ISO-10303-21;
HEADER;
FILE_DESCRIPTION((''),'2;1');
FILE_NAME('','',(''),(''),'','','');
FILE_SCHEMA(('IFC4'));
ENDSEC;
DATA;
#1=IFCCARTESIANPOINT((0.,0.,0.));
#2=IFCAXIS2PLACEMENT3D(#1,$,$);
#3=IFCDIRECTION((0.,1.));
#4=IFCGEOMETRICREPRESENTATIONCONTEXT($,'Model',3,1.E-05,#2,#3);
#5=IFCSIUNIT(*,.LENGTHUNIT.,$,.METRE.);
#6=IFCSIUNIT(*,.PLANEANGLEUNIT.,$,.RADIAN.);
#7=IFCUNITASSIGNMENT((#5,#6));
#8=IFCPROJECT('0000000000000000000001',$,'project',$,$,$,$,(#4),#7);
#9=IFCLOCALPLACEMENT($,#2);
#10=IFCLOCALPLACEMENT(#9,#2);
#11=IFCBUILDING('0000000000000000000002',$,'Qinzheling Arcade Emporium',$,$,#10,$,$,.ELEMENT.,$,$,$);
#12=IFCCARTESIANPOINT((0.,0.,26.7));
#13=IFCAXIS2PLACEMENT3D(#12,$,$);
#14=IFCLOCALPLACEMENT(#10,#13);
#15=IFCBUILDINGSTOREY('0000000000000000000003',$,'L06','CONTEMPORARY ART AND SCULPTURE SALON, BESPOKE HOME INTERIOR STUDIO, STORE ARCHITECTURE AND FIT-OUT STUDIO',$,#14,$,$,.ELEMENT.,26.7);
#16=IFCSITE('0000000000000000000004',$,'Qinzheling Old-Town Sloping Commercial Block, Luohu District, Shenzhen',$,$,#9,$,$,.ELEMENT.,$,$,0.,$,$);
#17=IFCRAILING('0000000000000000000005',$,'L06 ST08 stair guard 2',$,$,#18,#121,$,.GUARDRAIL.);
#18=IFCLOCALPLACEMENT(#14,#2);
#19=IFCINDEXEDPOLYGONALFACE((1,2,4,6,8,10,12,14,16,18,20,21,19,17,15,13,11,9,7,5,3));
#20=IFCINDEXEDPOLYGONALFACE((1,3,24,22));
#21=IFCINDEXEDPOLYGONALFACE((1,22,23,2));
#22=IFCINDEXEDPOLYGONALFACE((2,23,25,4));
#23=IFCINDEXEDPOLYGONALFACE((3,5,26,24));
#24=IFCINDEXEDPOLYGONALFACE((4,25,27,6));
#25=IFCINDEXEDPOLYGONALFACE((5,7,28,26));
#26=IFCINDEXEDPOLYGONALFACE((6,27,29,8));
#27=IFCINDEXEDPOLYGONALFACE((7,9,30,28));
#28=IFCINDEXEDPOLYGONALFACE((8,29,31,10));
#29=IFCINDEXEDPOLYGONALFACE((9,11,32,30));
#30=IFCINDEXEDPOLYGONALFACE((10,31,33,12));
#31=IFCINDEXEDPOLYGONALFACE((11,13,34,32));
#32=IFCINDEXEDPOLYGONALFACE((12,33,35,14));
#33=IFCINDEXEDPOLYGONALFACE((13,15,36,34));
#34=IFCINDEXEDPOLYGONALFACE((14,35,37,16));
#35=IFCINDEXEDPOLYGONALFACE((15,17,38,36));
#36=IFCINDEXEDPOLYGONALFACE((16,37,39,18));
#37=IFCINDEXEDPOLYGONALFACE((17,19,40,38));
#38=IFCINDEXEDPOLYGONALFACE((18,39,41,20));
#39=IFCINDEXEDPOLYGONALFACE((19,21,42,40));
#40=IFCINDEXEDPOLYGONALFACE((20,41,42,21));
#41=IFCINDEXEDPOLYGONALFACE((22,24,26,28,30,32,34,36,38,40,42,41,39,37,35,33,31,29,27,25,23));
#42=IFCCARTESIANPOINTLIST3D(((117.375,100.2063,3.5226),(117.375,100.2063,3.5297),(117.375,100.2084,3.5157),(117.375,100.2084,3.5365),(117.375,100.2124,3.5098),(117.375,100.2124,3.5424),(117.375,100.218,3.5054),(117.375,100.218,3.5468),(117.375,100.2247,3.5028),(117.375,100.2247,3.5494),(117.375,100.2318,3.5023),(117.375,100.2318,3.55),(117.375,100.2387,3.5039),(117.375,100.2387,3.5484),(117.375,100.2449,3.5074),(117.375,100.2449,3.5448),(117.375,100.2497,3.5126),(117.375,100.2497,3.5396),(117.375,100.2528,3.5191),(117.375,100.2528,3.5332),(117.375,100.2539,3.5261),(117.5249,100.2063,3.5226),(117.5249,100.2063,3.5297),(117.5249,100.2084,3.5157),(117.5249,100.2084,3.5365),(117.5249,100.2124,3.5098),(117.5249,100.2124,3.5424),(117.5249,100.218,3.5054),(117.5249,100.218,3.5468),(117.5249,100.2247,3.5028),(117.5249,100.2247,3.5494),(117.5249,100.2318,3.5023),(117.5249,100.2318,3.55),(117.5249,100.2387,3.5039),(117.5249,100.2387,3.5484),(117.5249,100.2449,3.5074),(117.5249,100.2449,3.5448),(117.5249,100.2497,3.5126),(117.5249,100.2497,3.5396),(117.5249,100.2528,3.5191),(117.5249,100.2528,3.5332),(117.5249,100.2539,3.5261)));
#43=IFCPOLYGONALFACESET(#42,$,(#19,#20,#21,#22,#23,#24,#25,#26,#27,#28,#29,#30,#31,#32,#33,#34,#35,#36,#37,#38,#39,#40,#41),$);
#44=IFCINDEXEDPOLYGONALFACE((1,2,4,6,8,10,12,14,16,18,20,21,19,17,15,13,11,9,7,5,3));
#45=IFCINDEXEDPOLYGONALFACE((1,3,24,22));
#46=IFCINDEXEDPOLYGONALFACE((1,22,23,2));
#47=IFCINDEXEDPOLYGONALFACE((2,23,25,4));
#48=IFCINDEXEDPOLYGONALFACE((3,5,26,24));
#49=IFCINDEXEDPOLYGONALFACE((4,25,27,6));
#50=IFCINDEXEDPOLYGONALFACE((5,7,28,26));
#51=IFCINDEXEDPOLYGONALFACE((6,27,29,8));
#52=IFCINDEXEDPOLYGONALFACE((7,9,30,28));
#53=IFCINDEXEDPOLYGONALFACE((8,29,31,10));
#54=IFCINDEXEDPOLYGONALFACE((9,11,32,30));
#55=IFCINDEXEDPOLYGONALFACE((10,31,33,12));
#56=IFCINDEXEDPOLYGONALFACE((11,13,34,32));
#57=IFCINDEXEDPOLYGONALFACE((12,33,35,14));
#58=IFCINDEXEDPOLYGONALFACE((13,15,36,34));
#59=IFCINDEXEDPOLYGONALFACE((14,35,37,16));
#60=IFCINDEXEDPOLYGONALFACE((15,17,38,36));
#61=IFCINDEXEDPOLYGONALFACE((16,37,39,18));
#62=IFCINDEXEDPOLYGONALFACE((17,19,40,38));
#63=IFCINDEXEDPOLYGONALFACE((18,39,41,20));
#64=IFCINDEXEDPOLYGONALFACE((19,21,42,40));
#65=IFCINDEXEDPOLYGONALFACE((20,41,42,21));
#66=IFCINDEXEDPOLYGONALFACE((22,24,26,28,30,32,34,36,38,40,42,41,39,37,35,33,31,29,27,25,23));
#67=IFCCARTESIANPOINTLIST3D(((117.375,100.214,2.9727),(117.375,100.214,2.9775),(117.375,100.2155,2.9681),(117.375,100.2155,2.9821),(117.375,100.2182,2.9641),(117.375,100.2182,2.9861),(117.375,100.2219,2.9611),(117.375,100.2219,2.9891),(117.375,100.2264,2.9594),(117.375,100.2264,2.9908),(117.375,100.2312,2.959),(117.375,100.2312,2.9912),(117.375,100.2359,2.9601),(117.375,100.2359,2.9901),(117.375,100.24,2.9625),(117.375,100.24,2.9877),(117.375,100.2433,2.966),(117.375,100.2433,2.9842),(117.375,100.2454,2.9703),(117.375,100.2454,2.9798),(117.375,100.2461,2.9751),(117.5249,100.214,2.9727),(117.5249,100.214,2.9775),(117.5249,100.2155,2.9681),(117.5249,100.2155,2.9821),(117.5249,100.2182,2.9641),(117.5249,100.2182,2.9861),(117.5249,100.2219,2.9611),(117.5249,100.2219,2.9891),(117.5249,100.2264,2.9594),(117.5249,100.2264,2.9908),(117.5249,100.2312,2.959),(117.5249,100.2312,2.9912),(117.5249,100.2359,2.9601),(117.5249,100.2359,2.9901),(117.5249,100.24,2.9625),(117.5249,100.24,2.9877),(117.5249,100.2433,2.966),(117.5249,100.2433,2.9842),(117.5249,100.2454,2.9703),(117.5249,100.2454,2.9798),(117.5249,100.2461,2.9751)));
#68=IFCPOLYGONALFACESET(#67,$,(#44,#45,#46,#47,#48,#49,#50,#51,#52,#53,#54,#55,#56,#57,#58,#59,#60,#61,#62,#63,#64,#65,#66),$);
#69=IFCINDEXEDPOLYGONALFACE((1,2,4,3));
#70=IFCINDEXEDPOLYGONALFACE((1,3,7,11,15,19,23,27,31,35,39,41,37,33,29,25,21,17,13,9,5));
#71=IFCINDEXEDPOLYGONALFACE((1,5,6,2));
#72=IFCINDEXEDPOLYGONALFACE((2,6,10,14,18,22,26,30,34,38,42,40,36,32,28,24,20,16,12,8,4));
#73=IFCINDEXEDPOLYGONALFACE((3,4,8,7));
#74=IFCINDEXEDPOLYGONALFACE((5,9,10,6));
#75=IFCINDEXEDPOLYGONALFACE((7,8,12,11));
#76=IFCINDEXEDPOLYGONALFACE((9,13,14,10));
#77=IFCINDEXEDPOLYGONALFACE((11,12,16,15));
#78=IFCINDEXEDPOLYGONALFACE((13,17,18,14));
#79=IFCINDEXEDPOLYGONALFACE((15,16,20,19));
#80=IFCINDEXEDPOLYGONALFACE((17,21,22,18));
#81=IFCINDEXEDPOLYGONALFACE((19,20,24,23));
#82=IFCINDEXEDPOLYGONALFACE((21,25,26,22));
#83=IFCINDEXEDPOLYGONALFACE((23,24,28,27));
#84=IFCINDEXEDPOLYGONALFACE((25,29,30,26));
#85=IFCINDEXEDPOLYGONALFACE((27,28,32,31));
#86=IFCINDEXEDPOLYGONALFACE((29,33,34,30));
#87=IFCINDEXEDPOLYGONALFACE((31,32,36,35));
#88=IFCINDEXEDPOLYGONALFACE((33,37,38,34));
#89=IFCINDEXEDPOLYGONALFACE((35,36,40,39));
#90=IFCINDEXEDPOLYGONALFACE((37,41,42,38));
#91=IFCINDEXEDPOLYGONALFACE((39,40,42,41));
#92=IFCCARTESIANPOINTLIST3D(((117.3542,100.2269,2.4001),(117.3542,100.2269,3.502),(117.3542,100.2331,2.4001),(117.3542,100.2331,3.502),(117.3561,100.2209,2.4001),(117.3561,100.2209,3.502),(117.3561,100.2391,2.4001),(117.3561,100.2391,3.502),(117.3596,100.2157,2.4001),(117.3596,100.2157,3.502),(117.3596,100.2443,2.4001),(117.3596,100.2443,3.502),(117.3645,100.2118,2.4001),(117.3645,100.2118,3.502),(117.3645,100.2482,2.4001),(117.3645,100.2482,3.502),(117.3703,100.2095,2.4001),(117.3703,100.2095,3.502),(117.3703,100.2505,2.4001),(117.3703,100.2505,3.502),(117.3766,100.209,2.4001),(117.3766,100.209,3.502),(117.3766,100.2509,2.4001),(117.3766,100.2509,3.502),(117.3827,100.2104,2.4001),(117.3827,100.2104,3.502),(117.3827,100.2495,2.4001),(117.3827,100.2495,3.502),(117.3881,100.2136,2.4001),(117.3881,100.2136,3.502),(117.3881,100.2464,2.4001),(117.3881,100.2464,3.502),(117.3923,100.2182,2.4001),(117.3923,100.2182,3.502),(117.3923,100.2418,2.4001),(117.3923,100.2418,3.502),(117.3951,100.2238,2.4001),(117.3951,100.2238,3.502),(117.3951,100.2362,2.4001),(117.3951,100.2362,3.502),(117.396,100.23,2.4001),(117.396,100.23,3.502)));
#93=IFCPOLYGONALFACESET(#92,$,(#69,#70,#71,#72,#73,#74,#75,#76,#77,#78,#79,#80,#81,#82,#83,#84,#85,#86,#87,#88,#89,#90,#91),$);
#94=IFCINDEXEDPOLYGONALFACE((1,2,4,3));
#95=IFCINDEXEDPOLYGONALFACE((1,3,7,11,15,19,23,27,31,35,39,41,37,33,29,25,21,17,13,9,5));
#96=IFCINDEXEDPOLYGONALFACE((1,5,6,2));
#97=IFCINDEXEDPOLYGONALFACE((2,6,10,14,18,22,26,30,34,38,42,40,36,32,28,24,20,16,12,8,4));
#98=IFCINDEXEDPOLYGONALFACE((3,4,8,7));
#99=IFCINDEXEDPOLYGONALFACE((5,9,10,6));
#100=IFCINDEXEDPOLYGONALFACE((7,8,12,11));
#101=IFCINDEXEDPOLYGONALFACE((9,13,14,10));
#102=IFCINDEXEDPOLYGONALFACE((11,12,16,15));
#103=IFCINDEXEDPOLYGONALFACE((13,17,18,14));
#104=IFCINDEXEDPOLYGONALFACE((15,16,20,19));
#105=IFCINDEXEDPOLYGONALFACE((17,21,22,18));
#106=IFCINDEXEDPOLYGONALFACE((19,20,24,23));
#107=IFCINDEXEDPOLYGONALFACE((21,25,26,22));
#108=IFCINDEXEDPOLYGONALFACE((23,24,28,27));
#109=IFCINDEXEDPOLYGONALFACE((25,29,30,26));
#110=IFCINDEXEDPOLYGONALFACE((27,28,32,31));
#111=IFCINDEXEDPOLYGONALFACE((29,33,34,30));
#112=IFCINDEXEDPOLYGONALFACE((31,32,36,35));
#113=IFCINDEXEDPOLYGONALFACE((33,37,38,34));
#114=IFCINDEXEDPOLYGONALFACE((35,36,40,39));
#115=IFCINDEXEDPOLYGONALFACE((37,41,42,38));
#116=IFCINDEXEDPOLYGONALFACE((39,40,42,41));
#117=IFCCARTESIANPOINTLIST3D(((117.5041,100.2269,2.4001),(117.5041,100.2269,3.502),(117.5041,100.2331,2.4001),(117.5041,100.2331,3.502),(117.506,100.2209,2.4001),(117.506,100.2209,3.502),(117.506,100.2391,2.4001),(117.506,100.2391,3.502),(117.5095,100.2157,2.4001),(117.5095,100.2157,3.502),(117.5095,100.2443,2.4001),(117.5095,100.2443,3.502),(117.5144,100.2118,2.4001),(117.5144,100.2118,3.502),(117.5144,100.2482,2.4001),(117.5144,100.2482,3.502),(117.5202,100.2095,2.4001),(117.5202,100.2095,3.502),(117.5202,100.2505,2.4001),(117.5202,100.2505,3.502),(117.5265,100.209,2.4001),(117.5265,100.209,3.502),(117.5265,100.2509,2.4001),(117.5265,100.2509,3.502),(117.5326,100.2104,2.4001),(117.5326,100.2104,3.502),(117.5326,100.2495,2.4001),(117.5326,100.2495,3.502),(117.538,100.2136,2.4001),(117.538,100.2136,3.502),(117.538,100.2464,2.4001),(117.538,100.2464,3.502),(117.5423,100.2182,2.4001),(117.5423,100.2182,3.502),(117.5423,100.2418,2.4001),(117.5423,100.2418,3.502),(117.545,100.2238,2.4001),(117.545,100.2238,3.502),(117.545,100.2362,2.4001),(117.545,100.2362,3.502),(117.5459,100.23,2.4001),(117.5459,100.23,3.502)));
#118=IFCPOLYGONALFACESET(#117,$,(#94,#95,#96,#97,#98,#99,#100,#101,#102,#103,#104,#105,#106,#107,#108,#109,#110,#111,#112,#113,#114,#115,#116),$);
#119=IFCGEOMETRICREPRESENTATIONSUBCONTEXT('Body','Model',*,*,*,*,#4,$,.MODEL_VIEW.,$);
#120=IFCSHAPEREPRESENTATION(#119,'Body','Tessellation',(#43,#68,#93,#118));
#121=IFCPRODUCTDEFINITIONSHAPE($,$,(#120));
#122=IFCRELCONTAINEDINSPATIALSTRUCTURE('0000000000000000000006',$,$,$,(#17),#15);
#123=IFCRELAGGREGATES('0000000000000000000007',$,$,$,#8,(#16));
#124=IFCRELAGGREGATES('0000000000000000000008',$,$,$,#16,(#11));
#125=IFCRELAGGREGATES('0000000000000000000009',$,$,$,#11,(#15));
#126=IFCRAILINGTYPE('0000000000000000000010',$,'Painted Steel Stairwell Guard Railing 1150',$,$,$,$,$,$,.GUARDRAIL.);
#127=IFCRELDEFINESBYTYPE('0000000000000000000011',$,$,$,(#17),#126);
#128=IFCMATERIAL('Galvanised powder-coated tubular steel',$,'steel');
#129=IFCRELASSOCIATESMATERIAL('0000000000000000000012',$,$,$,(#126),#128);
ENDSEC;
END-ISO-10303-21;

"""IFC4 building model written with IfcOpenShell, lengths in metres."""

from ifc_helpers import new_model, si_unit, direction, frame, origin, origin_2d, place, context, subcontext, project, spatial, circle, extrude, material, type_object, element, save


model = new_model("IFC4")

# Units and contexts
model_context = context("Model", 3, precision=1e-05, world=origin(), true_north=direction((0.0, 1.0)))
body_context = subcontext(model_context, "Body", "Model", "MODEL_VIEW")
ifc_project = project(units=[si_unit("LENGTHUNIT", "METRE"), si_unit("PLANEANGLEUNIT", "RADIAN")], contexts=[model_context])

# Site, building, storey
site_placement = place(None, origin())
site = spatial("IfcSite", under=ifc_project, at=site_placement, Name="Qinzheling Old-Town Sloping Commercial Block, Luohu District, Shenzhen", CompositionType="ELEMENT", RefElevation=0.0)
building_placement = place(site_placement, origin())
building = spatial("IfcBuilding", under=site, at=building_placement, Name="Qinzheling Arcade Emporium", CompositionType="ELEMENT")
storey_placement = place(building_placement, frame((0.0, 0.0, 26.7)))
storey = spatial("IfcBuildingStorey", under=building, at=storey_placement, Name="L06", Description="CONTEMPORARY ART AND SCULPTURE SALON, BESPOKE HOME INTERIOR STUDIO, STORE ARCHITECTURE AND FIT-OUT STUDIO", CompositionType="ELEMENT", Elevation=26.7)

# Railing
ifc_material_1 = material(Name="Galvanised powder-coated tubular steel", Category="steel")
railing_type_1 = type_object("IfcRailingType", Name="Painted Steel Stairwell Guard Railing 1150", PredefinedType="GUARDRAIL", material=ifc_material_1)
railing_1_placement = place(storey_placement, frame((117.375, 100.23, 2.4001)))
element("IfcRailing", 1, at=railing_1_placement, inside=storey, type_object=railing_type_1, Name="L06 ST08 stair guard 2", PredefinedType="GUARDRAIL", context=body_context, shape_type="SweptSolid", body=[
    extrude(circle(Radius=0.0239, at=origin_2d()), frame((0.0, 0.0, 1.126), z_axis=(1.0, 0.0, 0.0), x_axis=(0.0, 1.0, 0.0)), (0.0, 0.0, 1.0), 0.1499),
    extrude(circle(Radius=0.0161, at=origin_2d()), frame((0.0, 0.0, 0.575), z_axis=(1.0, 0.0, 0.0), x_axis=(0.0, 1.0, 0.0)), (0.0, 0.0, 1.0), 0.1499),
    extrude(circle(Radius=0.021, at=origin_2d()), origin(), (0.0, 0.0, 1.0), 1.1018),
    extrude(circle(Radius=0.021, at=origin_2d()), frame((0.1499, 0.0, 0.0)), (0.0, 0.0, 1.0), 1.1018),
])

save(model, "model.ifc")
